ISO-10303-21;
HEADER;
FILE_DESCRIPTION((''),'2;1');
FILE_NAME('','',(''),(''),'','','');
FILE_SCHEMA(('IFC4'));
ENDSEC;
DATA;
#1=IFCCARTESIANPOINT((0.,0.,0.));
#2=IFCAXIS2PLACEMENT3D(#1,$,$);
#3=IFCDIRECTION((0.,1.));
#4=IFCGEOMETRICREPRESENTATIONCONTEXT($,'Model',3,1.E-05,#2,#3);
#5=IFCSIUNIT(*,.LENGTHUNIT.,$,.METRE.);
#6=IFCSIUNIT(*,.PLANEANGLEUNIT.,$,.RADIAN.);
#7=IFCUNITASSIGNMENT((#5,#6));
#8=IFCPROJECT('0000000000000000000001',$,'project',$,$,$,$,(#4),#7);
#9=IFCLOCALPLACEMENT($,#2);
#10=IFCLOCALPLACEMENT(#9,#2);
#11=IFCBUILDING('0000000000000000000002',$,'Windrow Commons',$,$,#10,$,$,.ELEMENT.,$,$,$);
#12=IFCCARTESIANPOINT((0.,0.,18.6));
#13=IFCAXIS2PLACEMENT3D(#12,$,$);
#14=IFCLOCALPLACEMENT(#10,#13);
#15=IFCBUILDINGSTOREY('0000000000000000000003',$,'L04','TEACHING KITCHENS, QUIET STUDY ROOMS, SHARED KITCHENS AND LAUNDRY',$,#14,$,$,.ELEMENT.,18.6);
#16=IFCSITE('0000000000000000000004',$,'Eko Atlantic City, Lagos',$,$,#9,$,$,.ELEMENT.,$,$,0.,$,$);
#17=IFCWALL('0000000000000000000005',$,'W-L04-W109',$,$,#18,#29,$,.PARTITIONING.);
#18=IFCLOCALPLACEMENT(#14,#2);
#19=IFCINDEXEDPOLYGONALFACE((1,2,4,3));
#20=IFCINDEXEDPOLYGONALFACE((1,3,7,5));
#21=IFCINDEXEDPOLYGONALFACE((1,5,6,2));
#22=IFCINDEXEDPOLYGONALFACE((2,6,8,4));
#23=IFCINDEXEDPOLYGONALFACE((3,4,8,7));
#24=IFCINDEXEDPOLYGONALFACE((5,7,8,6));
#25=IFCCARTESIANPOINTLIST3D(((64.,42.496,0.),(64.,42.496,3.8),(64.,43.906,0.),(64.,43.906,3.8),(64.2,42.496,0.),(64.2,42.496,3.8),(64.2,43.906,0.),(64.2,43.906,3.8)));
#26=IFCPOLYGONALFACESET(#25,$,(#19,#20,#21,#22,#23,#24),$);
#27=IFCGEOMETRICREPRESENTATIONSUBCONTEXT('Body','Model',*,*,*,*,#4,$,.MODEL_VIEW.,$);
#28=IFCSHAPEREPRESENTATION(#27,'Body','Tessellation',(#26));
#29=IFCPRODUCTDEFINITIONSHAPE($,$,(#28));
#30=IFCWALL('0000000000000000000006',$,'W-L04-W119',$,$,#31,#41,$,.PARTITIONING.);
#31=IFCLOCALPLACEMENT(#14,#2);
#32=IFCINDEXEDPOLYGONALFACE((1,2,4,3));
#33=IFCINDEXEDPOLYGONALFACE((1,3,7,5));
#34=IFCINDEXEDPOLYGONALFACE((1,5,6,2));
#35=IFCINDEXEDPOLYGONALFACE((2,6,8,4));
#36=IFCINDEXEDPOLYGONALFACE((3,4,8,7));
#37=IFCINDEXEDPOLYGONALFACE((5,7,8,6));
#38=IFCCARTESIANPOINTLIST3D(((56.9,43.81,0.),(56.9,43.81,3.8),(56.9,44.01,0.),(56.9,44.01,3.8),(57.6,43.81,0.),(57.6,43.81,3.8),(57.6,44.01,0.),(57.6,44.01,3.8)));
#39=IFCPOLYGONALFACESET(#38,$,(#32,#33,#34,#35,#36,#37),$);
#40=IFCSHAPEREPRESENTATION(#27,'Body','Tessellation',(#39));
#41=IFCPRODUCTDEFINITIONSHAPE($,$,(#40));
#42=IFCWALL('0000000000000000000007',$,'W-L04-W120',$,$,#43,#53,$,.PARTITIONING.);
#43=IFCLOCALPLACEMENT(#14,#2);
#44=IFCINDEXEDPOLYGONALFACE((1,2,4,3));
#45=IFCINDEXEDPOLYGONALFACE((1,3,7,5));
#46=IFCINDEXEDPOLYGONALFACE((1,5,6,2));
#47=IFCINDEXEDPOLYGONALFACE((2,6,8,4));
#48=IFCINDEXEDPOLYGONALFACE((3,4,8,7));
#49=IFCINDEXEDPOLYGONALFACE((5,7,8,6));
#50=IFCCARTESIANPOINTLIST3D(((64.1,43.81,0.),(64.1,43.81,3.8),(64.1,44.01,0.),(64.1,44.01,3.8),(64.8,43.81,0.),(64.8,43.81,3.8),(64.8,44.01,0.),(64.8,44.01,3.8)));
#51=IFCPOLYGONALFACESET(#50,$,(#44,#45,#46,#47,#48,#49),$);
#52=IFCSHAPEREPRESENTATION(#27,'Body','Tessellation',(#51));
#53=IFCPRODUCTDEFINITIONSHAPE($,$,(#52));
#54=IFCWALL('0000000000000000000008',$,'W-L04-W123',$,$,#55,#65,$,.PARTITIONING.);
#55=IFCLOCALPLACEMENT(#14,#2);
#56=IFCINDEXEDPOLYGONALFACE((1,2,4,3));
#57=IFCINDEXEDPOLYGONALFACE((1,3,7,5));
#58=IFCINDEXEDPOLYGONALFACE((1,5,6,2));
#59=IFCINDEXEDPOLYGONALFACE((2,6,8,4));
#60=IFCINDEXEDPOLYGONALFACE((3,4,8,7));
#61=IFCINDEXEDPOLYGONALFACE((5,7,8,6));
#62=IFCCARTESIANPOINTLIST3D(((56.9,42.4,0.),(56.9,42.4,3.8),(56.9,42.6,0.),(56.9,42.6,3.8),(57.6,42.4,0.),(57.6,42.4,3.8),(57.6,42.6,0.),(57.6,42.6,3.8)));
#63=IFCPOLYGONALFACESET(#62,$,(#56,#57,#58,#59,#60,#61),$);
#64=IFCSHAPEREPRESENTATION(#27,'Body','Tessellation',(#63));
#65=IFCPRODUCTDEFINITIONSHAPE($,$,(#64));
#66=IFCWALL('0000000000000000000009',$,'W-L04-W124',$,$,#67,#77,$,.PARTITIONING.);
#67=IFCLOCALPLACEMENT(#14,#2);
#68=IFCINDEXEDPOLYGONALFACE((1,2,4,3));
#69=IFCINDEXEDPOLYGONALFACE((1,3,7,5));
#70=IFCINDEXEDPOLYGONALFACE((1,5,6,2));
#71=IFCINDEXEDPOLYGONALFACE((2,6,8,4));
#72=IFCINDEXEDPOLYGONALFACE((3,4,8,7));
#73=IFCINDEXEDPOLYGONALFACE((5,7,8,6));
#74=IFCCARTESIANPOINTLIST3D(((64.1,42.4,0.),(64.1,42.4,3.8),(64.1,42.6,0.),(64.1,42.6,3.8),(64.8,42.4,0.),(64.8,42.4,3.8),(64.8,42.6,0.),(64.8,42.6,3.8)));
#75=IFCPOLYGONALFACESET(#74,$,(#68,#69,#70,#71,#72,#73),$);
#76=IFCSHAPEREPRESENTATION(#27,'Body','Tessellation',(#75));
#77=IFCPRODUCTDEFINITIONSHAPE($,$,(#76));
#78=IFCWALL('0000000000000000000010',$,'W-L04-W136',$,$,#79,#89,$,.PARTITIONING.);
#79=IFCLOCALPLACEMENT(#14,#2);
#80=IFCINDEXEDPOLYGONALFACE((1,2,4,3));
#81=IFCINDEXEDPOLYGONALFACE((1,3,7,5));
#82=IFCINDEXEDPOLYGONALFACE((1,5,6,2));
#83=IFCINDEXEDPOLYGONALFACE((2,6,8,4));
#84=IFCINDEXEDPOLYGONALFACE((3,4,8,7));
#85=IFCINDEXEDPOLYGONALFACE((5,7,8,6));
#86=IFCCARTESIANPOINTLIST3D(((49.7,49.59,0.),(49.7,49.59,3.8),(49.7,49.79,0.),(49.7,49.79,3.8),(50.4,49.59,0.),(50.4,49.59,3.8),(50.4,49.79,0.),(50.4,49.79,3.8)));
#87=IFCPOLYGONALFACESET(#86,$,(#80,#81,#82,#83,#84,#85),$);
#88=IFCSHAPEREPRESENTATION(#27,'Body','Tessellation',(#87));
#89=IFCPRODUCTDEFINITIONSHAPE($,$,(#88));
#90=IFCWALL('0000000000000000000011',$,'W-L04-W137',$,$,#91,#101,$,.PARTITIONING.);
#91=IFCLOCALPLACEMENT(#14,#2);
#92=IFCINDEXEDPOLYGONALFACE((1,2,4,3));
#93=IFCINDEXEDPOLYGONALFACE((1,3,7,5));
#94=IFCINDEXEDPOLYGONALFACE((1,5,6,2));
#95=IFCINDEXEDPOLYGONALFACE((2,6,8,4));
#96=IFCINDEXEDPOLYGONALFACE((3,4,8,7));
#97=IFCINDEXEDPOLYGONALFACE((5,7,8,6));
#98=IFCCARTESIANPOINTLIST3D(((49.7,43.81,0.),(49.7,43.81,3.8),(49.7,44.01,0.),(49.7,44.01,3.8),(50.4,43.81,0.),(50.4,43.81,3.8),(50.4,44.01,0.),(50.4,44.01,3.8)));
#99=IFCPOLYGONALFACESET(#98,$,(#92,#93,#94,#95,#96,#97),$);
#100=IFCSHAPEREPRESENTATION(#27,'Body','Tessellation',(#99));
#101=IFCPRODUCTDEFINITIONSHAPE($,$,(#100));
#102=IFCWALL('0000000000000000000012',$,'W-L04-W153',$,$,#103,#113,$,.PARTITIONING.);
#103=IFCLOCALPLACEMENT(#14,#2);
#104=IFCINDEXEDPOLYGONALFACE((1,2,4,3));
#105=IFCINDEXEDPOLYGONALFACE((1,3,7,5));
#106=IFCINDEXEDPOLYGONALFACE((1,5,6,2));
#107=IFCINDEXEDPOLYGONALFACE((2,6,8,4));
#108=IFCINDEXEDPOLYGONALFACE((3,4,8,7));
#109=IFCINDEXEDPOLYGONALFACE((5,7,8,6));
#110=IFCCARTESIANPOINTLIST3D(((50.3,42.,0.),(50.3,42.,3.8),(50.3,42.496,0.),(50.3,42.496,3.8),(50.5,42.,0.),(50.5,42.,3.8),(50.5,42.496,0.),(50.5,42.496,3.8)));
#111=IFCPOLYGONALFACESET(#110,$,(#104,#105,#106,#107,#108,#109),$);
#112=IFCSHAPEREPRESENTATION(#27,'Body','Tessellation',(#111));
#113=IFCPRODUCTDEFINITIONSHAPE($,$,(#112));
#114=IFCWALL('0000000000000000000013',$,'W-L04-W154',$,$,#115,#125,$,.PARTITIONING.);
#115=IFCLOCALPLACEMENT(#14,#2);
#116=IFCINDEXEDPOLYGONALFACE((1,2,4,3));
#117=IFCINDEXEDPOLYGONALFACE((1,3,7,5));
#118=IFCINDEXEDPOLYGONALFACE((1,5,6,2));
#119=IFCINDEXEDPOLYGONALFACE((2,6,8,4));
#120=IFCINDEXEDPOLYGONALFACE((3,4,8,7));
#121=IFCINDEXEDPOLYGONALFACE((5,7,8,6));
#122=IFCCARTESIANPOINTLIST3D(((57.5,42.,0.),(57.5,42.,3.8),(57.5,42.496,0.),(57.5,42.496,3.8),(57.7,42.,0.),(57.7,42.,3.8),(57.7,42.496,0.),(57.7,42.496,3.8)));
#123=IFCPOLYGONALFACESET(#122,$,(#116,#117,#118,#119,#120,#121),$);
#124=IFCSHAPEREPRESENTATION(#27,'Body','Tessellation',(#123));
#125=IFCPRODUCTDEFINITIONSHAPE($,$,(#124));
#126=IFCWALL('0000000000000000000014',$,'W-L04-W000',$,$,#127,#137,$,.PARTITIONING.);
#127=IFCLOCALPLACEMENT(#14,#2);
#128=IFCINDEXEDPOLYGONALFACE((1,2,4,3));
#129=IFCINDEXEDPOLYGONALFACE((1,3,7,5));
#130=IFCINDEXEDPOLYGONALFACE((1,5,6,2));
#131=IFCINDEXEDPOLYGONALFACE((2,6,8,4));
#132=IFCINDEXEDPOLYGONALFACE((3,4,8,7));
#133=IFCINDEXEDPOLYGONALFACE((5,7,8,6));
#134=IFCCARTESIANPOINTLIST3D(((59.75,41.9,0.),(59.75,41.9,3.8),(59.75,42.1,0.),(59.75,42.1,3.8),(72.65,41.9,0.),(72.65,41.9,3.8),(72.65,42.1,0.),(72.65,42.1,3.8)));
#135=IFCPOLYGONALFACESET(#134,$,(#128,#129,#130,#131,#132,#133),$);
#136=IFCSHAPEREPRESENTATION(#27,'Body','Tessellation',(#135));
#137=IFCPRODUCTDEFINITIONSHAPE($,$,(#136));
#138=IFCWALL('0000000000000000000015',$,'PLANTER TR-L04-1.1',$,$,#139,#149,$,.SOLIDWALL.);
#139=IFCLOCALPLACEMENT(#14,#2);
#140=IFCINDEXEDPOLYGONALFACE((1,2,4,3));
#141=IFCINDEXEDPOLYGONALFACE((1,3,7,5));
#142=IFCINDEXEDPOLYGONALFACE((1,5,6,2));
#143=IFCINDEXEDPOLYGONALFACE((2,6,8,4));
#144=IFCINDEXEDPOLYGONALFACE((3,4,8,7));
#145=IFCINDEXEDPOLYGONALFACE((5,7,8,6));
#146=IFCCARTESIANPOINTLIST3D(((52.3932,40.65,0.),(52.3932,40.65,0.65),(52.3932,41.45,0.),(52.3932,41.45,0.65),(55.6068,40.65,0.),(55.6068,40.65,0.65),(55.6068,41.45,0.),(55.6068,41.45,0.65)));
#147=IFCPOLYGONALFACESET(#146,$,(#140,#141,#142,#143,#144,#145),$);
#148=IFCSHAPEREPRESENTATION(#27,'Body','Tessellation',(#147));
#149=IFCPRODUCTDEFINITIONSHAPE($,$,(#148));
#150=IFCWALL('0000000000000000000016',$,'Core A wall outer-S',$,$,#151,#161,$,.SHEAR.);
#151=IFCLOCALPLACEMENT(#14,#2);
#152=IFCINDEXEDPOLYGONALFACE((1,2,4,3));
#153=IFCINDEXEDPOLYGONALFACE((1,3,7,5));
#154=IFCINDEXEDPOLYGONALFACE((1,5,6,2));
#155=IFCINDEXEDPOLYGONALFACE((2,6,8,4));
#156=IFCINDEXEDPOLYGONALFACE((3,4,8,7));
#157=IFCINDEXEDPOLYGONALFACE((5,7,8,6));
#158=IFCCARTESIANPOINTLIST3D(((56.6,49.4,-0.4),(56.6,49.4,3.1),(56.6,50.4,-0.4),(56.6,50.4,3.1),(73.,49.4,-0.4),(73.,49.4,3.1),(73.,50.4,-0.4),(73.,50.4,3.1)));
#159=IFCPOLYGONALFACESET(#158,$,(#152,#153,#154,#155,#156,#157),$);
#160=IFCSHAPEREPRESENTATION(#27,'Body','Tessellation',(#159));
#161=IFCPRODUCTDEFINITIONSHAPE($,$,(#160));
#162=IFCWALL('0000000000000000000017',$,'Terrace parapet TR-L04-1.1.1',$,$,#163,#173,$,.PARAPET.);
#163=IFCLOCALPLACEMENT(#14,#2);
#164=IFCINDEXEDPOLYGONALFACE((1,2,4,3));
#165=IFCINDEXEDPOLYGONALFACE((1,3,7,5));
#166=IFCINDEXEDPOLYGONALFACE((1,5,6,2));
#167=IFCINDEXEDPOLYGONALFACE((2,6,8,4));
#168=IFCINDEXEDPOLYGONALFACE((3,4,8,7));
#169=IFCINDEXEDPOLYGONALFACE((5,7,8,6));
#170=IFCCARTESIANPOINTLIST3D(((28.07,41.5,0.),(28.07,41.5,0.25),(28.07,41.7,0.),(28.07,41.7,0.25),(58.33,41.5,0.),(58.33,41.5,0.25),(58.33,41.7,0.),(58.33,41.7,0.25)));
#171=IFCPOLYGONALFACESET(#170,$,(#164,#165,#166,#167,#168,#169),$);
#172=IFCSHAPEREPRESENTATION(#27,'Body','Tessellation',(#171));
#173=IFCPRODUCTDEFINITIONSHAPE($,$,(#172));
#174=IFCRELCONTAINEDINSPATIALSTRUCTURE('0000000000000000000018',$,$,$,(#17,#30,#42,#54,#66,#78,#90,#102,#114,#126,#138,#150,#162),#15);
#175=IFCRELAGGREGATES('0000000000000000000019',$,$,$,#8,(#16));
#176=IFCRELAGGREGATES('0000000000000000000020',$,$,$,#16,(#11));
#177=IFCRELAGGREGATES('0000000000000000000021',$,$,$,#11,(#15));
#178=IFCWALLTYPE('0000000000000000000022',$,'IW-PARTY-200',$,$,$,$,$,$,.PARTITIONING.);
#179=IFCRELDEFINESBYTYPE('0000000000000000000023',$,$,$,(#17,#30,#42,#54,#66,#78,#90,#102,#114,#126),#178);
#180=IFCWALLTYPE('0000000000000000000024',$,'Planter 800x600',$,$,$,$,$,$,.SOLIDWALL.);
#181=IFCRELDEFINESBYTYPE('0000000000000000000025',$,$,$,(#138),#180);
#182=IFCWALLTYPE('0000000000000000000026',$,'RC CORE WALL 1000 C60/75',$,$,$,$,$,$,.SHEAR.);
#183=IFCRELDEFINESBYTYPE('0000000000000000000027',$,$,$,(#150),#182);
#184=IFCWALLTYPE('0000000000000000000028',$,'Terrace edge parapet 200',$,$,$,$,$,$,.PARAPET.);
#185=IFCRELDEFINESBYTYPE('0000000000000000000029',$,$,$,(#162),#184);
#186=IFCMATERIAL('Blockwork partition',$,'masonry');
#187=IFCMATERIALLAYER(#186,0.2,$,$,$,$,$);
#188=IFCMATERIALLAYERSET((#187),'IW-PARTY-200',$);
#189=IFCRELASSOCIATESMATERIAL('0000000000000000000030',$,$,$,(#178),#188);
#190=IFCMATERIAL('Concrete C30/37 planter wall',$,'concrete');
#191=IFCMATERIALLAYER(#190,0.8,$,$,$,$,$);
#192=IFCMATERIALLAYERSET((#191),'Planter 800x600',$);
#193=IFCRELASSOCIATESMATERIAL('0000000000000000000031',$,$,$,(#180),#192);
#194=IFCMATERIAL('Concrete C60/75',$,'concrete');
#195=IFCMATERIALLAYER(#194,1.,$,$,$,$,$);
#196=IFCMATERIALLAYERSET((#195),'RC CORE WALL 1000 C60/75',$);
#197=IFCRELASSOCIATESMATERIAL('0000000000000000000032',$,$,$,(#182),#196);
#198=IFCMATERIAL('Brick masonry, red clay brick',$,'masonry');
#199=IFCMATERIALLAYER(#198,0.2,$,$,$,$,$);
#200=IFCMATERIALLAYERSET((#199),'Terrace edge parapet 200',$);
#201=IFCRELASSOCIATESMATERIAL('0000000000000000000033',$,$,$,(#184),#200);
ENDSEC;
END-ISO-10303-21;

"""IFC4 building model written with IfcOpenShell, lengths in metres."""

from ifc_helpers import new_model, si_unit, direction, frame, frame_2d, origin, place, context, subcontext, project, spatial, polyline, rectangle, outline, extrude, material, layer, layer_set, type_object, element, save


model = new_model("IFC4")

# Units and contexts
model_context = context("Model", 3, precision=1e-05, world=origin(), true_north=direction((0.0, 1.0)))
body_context = subcontext(model_context, "Body", "Model", "MODEL_VIEW")
ifc_project = project(units=[si_unit("LENGTHUNIT", "METRE"), si_unit("PLANEANGLEUNIT", "RADIAN")], contexts=[model_context])

# Site, building, storey
site_placement = place(None, origin())
site = spatial("IfcSite", under=ifc_project, at=site_placement, Name="Eko Atlantic City, Lagos", CompositionType="ELEMENT", RefElevation=0.0)
building_placement = place(site_placement, origin())
building = spatial("IfcBuilding", under=site, at=building_placement, Name="Windrow Commons", CompositionType="ELEMENT")
storey_placement = place(building_placement, frame((0.0, 0.0, 18.6)))
storey = spatial("IfcBuildingStorey", under=building, at=storey_placement, Name="L04", Description="TEACHING KITCHENS, QUIET STUDY ROOMS, SHARED KITCHENS AND LAUNDRY", CompositionType="ELEMENT", Elevation=18.6)

# Walls
ifc_material_1 = material(Name="Blockwork partition", Category="masonry")
ifc_layer_1 = layer(ifc_material_1, 0.2)
ifc_layer_set_1 = layer_set([ifc_layer_1], Name="IW-PARTY-200")
wall_type_1 = type_object("IfcWallType", Name="IW-PARTY-200", PredefinedType="PARTITIONING", material=ifc_layer_set_1)
for number, where, z_axis, x_axis, name in (
    (1, (64.1, 42.496, 0.0), (0.0, 0.0, 1.0), (0.0, 1.0, 0.0), "W-L04-W109"),
):
    element("IfcWall", number, at=place(storey_placement, frame(where, z_axis=z_axis, x_axis=x_axis)), inside=storey, type_object=wall_type_1, Name=name, PredefinedType="PARTITIONING", context=body_context, shape_type="SweptSolid", body=[
        extrude(rectangle(XDim=1.41, YDim=0.2, at=frame_2d((0.705, 0.0))), origin(), (0.0, 0.0, 1.0), 3.8),
    ])
for number, where, z_axis, x_axis, name in (
    (2, (56.9, 43.91, 0.0), (0.0, 0.0, 1.0), (1.0, 0.0, 0.0), "W-L04-W119"),
    (3, (64.1, 43.91, 0.0), (0.0, 0.0, 1.0), (1.0, 0.0, 0.0), "W-L04-W120"),
    (4, (56.9, 42.5, 0.0), (0.0, 0.0, 1.0), (1.0, 0.0, 0.0), "W-L04-W123"),
    (5, (64.1, 42.5, 0.0), (0.0, 0.0, 1.0), (1.0, 0.0, 0.0), "W-L04-W124"),
    (6, (49.7, 49.69, 0.0), (0.0, 0.0, 1.0), (1.0, 0.0, 0.0), "W-L04-W136"),
    (7, (49.7, 43.91, 0.0), (0.0, 0.0, 1.0), (1.0, 0.0, 0.0), "W-L04-W137"),
):
    element("IfcWall", number, at=place(storey_placement, frame(where, z_axis=z_axis, x_axis=x_axis)), inside=storey, type_object=wall_type_1, Name=name, PredefinedType="PARTITIONING", context=body_context, shape_type="SweptSolid", body=[
        extrude(rectangle(XDim=0.7, YDim=0.2, at=frame_2d((0.35, 0.0))), origin(), (0.0, 0.0, 1.0), 3.8),
    ])
for number, where, z_axis, x_axis, name in (
    (8, (50.4, 42.0, 0.0), (0.0, 0.0, 1.0), (0.0, 1.0, 0.0), "W-L04-W153"),
    (9, (57.6, 42.0, 0.0), (0.0, 0.0, 1.0), (0.0, 1.0, 0.0), "W-L04-W154"),
):
    element("IfcWall", number, at=place(storey_placement, frame(where, z_axis=z_axis, x_axis=x_axis)), inside=storey, type_object=wall_type_1, Name=name, PredefinedType="PARTITIONING", context=body_context, shape_type="SweptSolid", body=[
        extrude(rectangle(XDim=0.496, YDim=0.2, at=frame_2d((0.248, 0.0))), origin(), (0.0, 0.0, 1.0), 3.8),
    ])
wall_1_placement = place(storey_placement, frame((59.75, 42.0, 0.0), z_axis=(0.0, 0.0, 1.0), x_axis=(1.0, 0.0, 0.0)))
element("IfcWall", 10, at=wall_1_placement, inside=storey, type_object=wall_type_1, Name="W-L04-W000", PredefinedType="PARTITIONING", context=body_context, shape_type="SweptSolid", body=[
    extrude(outline(polyline([(0.0, -0.1), (12.9, -0.1), (12.9, 0.1), (0.0, 0.1), (0.0, -0.1)])), origin(), (0.0, 0.0, 1.0), 3.8),
])
ifc_material_2 = material(Name="Concrete C30/37 planter wall", Category="concrete")
ifc_layer_2 = layer(ifc_material_2, 0.8)
ifc_layer_set_2 = layer_set([ifc_layer_2], Name="Planter 800x600")
wall_type_2 = type_object("IfcWallType", Name="Planter 800x600", PredefinedType="SOLIDWALL", material=ifc_layer_set_2)
wall_2_placement = place(storey_placement, frame((55.6068, 41.05, 0.0), z_axis=(0.0, 0.0, 1.0), x_axis=(-1.0, 0.0, 0.0)))
element("IfcWall", 11, at=wall_2_placement, inside=storey, type_object=wall_type_2, Name="PLANTER TR-L04-1.1", PredefinedType="SOLIDWALL", context=body_context, shape_type="SweptSolid", body=[
    extrude(outline(polyline([(0.0, -0.4), (3.2136, -0.4), (3.2136, 0.4), (0.0, 0.4), (0.0, -0.4)])), origin(), (0.0, 0.0, 1.0), 0.65),
])
ifc_material_3 = material(Name="Concrete C60/75", Category="concrete")
ifc_layer_3 = layer(ifc_material_3, 1.0)
ifc_layer_set_3 = layer_set([ifc_layer_3], Name="RC CORE WALL 1000 C60/75")
wall_type_3 = type_object("IfcWallType", Name="RC CORE WALL 1000 C60/75", PredefinedType="SHEAR", material=ifc_layer_set_3)
wall_3_placement = place(storey_placement, frame((56.6, 49.9, -0.4), z_axis=(0.0, 0.0, 1.0), x_axis=(1.0, 0.0, 0.0)))
element("IfcWall", 12, at=wall_3_placement, inside=storey, type_object=wall_type_3, Name="Core A wall outer-S", PredefinedType="SHEAR", context=body_context, shape_type="SweptSolid", body=[
    extrude(rectangle(XDim=16.4, YDim=1.0, at=frame_2d((8.2, 0.0))), origin(), (0.0, 0.0, 1.0), 3.5),
])
ifc_material_4 = material(Name="Brick masonry, red clay brick", Category="masonry")
ifc_layer_4 = layer(ifc_material_4, 0.2)
ifc_layer_set_4 = layer_set([ifc_layer_4], Name="Terrace edge parapet 200")
wall_type_4 = type_object("IfcWallType", Name="Terrace edge parapet 200", PredefinedType="PARAPET", material=ifc_layer_set_4)
wall_4_placement = place(storey_placement, frame((58.33, 41.6, 0.0), z_axis=(0.0, 0.0, 1.0), x_axis=(-1.0, 0.0, 0.0)))
element("IfcWall", 13, at=wall_4_placement, inside=storey, type_object=wall_type_4, Name="Terrace parapet TR-L04-1.1.1", PredefinedType="PARAPET", context=body_context, shape_type="SweptSolid", body=[
    extrude(outline(polyline([(0.0, -0.1), (30.26, -0.1), (30.26, 0.1), (0.0, 0.1), (0.0, -0.1)])), origin(), (0.0, 0.0, 1.0), 0.25),
])

save(model, "model.ifc")
